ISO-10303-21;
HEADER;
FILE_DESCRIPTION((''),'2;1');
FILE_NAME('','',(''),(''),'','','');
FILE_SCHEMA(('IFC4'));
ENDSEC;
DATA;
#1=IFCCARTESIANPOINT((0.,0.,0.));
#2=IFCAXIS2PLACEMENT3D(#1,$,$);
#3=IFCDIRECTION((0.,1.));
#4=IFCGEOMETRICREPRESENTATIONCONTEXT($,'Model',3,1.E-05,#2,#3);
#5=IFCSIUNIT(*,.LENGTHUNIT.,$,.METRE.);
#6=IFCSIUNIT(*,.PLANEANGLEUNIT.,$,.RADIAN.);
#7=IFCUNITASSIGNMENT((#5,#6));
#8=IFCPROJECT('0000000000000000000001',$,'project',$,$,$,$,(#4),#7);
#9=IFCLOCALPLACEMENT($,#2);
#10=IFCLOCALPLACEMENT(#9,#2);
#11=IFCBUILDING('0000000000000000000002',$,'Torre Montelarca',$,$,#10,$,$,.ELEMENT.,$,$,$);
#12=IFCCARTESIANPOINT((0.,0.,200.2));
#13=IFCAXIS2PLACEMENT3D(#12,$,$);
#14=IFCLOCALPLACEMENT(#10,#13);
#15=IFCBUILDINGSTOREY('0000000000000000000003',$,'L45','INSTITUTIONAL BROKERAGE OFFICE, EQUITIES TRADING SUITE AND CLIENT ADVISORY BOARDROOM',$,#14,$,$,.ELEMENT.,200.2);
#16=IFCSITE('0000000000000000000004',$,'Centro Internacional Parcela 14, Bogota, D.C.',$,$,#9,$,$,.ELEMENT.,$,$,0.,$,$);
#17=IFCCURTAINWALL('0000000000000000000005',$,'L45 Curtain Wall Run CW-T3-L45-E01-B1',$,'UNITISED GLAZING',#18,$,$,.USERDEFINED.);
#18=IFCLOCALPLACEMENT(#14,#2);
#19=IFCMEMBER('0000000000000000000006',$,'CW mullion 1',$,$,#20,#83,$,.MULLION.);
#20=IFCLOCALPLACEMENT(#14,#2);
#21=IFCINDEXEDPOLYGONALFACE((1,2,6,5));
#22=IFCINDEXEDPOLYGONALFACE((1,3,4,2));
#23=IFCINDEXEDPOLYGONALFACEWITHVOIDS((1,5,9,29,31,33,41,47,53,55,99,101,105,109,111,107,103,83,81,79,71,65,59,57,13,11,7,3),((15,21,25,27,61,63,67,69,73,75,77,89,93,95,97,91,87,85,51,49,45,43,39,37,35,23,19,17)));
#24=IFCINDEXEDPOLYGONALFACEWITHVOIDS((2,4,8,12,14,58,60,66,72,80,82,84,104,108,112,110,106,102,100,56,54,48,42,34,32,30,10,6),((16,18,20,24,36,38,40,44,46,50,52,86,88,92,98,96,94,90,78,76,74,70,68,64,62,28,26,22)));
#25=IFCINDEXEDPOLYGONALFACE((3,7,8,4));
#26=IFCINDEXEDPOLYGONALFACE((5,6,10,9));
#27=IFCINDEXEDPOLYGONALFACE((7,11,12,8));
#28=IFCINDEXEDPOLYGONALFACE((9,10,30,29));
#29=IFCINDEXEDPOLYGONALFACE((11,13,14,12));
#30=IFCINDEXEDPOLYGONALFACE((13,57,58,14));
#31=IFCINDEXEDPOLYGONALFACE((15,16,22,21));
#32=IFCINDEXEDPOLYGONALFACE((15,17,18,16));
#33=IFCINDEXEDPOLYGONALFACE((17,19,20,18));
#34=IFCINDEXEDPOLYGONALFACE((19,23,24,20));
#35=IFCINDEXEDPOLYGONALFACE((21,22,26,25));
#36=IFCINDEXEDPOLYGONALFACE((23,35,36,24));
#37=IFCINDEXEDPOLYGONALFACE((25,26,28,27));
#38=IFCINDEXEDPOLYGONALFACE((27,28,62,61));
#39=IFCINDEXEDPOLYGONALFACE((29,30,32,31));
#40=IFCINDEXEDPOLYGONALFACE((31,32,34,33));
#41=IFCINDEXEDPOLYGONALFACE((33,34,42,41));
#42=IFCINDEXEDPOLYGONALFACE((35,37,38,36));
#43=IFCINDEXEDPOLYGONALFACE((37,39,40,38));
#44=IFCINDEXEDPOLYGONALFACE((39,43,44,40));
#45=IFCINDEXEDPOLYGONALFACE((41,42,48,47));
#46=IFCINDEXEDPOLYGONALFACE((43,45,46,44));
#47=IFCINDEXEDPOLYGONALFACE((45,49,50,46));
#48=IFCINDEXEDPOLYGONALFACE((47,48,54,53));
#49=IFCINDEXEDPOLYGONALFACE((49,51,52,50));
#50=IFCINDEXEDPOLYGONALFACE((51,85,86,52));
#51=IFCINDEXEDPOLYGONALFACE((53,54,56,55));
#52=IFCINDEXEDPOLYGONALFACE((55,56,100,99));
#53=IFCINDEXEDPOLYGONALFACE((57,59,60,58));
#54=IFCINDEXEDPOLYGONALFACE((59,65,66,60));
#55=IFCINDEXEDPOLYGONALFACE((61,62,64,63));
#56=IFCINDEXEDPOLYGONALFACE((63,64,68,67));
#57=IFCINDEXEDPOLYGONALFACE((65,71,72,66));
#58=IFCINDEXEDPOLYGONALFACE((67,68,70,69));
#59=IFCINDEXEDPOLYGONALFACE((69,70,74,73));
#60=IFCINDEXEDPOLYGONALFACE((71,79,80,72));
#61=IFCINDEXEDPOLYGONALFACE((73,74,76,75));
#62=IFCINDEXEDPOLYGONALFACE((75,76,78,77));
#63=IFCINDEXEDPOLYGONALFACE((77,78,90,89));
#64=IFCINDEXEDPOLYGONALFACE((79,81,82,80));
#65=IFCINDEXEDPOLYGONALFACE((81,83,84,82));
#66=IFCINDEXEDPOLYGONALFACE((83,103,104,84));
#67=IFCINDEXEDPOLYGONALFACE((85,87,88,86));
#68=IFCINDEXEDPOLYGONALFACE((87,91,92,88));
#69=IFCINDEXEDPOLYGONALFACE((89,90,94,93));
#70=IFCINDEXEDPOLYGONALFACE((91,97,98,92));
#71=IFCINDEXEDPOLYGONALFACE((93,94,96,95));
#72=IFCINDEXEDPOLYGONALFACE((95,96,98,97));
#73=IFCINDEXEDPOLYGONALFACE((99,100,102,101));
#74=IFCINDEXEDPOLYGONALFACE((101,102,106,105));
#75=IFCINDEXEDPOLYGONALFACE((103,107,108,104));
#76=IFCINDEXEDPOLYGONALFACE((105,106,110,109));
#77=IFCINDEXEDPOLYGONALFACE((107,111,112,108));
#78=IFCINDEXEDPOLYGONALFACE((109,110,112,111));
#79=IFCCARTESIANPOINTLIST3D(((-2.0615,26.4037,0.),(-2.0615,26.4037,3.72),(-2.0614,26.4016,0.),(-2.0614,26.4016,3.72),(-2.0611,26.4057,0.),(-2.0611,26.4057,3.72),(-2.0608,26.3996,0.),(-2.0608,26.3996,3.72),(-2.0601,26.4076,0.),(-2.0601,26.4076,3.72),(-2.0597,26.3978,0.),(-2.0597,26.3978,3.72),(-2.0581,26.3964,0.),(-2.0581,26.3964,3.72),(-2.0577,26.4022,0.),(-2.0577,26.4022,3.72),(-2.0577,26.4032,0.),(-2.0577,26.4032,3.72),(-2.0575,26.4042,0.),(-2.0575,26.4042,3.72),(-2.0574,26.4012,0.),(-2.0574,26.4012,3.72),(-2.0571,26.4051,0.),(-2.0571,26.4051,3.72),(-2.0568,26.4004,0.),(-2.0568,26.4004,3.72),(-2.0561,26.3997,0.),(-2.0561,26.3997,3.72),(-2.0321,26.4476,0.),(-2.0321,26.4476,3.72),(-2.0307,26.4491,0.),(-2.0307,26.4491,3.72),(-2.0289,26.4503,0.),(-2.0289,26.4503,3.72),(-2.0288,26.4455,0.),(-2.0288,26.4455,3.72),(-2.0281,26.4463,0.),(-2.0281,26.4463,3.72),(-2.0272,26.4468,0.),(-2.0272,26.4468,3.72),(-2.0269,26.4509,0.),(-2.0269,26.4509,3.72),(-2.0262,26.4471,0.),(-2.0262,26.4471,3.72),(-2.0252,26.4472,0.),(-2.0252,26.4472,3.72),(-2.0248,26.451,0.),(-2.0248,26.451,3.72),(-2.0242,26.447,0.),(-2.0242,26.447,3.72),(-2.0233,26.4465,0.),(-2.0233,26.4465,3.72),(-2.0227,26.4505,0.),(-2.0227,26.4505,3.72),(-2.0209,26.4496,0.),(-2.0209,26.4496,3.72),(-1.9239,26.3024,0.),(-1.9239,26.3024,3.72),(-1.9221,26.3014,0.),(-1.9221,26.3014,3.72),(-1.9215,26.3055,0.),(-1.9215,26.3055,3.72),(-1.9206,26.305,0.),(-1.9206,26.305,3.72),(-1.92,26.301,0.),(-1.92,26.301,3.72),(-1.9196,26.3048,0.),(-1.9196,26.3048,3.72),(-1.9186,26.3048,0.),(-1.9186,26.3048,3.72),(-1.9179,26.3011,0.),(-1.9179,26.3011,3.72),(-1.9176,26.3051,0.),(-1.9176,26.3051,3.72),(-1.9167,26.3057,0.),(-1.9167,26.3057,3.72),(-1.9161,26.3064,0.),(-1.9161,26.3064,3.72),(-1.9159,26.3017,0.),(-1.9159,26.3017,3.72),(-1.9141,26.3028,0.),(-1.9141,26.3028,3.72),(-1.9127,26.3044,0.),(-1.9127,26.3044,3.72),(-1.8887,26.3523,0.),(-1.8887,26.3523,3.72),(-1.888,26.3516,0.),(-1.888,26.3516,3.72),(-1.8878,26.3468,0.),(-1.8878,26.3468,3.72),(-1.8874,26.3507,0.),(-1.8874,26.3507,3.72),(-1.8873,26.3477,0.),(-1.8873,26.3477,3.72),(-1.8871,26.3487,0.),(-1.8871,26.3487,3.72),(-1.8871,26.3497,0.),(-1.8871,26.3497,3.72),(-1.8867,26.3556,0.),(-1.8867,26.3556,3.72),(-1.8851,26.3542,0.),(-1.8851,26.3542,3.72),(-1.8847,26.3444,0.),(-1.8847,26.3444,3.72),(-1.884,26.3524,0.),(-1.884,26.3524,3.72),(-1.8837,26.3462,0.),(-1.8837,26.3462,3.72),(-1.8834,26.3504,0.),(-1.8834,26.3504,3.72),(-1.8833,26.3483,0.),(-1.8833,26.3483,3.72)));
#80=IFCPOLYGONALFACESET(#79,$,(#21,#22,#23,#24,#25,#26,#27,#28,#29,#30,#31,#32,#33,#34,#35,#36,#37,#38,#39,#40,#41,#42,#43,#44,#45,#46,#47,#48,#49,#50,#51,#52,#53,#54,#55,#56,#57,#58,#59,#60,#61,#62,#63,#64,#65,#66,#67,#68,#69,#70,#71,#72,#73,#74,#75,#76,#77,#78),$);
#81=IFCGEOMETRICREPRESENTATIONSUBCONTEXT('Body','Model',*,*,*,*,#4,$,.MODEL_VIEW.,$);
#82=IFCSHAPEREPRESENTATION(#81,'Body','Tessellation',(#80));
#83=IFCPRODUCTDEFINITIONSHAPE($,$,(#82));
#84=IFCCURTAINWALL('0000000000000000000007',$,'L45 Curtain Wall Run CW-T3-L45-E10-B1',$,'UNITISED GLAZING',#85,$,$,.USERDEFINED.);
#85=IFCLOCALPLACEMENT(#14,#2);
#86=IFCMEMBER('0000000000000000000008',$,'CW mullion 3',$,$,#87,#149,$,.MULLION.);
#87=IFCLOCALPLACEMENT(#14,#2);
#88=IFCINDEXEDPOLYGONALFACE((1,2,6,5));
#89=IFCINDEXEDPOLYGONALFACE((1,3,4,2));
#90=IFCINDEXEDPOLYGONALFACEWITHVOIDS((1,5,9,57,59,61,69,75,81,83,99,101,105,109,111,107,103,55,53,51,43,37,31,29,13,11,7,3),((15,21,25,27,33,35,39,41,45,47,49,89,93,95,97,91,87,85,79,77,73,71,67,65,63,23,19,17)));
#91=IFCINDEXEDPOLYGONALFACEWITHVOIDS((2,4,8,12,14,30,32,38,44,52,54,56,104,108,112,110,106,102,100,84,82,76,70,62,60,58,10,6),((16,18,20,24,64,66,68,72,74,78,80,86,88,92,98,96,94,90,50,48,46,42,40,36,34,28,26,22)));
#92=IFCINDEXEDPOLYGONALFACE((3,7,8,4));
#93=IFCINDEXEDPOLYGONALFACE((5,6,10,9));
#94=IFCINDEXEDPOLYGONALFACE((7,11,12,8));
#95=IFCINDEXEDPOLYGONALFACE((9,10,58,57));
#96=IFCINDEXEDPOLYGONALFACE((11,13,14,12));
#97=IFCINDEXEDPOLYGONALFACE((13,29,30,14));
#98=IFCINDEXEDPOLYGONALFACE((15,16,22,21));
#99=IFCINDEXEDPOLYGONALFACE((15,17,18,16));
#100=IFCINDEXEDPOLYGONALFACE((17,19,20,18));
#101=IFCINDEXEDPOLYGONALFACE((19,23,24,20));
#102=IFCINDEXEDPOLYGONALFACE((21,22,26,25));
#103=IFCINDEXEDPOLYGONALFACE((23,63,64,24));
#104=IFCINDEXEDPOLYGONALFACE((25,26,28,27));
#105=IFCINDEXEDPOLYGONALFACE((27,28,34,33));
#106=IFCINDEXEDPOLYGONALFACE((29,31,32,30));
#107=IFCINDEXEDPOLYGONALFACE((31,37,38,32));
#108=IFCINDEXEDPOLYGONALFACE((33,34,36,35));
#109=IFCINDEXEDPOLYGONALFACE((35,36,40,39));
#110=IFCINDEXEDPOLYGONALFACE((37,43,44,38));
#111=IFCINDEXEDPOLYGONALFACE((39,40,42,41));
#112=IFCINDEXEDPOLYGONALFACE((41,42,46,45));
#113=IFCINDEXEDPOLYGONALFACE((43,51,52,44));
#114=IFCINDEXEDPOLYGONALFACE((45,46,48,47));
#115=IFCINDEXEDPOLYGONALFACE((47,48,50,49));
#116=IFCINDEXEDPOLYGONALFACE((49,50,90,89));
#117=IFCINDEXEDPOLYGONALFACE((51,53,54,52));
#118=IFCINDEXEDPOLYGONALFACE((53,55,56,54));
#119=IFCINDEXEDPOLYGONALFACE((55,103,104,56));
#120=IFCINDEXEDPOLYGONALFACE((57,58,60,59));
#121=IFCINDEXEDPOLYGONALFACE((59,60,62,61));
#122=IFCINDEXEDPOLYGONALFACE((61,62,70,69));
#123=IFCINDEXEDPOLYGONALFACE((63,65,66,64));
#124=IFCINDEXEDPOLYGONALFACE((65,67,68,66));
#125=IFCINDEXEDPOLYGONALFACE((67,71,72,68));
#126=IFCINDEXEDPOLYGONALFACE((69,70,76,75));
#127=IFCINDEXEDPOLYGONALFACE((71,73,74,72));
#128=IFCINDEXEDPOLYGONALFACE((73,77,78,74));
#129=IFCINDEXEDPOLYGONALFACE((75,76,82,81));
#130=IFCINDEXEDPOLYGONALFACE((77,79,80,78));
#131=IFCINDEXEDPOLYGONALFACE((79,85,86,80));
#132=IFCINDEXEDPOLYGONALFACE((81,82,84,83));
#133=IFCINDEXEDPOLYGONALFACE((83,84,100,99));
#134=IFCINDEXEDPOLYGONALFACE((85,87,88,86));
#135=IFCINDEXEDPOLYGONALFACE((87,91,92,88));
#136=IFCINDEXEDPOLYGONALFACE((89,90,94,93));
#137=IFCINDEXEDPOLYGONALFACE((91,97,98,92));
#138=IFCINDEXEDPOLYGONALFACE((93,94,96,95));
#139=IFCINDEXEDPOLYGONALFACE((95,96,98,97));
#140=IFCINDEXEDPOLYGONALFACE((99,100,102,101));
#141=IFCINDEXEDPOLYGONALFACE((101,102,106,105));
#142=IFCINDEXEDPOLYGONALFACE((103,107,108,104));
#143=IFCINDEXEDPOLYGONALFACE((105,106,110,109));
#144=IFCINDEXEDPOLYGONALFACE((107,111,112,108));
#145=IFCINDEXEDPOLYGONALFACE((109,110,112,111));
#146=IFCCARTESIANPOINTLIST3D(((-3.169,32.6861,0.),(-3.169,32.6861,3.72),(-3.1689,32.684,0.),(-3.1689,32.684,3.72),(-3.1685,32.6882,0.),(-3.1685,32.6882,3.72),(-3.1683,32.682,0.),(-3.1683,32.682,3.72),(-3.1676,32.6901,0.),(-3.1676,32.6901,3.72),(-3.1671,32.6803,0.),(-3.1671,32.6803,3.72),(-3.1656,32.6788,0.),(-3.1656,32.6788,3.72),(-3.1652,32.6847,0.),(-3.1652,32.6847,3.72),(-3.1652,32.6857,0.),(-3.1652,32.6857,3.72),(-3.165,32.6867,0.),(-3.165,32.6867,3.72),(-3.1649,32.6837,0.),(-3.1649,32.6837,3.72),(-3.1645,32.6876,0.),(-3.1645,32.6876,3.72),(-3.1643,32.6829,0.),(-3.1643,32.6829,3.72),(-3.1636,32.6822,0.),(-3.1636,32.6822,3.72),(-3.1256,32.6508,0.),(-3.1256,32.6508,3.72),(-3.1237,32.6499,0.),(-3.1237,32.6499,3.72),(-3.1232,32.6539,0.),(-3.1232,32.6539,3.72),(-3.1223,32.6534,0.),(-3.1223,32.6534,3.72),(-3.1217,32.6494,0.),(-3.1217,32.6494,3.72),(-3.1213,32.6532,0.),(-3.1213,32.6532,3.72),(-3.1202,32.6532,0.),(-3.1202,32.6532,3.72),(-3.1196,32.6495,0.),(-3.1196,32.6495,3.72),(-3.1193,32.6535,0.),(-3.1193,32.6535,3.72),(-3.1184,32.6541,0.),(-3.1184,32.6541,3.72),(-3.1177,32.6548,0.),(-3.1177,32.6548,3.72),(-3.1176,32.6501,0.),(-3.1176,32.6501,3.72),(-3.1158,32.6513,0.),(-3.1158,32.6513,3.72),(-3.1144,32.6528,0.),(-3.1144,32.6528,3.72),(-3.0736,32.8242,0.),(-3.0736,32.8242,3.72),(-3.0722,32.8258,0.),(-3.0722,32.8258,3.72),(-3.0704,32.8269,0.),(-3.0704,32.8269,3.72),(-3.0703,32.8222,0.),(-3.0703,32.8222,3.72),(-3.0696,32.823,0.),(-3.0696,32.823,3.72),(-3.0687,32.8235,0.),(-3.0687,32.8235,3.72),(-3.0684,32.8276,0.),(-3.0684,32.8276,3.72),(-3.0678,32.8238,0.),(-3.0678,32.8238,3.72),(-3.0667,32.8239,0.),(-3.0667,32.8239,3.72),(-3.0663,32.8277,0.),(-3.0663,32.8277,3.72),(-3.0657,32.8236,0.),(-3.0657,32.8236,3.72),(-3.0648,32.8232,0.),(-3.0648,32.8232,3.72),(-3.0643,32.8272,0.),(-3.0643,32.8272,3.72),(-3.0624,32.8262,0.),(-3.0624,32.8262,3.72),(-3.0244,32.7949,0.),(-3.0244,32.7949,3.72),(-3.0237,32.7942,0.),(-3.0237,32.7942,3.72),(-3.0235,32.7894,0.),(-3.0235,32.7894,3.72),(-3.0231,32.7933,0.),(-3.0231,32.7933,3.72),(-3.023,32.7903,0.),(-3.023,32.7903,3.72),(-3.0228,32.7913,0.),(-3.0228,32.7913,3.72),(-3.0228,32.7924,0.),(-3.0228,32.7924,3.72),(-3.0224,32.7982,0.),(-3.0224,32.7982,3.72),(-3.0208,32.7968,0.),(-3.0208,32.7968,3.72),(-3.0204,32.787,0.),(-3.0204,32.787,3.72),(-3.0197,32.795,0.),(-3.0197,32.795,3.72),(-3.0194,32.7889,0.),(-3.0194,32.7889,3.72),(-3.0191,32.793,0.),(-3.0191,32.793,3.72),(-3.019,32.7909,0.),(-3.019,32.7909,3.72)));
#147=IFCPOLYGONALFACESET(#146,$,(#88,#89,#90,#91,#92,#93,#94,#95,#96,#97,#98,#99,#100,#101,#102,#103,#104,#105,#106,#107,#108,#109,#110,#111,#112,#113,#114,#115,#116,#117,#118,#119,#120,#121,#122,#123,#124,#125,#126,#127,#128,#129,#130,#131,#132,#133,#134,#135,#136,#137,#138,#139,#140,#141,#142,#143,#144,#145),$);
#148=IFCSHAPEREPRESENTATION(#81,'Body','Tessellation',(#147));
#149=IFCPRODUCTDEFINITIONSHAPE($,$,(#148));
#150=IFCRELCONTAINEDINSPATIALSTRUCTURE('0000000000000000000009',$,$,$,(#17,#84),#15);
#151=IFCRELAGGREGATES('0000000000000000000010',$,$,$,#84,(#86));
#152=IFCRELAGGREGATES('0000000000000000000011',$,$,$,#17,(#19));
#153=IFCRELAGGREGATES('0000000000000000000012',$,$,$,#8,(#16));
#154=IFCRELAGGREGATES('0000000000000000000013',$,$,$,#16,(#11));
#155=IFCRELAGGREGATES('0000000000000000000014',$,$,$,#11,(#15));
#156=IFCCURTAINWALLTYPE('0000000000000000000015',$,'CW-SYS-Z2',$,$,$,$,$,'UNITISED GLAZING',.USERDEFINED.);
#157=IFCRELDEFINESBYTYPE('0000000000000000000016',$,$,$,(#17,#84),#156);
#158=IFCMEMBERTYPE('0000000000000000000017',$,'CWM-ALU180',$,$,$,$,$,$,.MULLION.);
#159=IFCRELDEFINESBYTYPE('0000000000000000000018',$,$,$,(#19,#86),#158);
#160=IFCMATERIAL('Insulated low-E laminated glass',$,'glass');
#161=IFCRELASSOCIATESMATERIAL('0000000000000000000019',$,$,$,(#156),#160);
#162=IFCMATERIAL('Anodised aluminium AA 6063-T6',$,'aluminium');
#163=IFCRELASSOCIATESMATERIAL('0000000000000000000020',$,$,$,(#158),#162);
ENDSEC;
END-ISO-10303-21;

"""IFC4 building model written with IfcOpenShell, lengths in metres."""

from ifc_helpers import new_model, si_unit, direction, frame, origin, origin_2d, place, context, subcontext, project, spatial, hollow_rectangle, extrude, source, transform, mapped, material, material_profile, profile_set, type_object, element, aggregate, save


model = new_model("IFC4")

# Units and contexts
model_context = context("Model", 3, precision=1e-05, world=origin(), true_north=direction((0.0, 1.0)))
body_context = subcontext(model_context, "Body", "Model", "MODEL_VIEW")
ifc_project = project(units=[si_unit("LENGTHUNIT", "METRE"), si_unit("PLANEANGLEUNIT", "RADIAN")], contexts=[model_context])

# Site, building, storey
site_placement = place(None, origin())
site = spatial("IfcSite", under=ifc_project, at=site_placement, Name="Centro Internacional Parcela 14, Bogota, D.C.", CompositionType="ELEMENT", RefElevation=0.0)
building_placement = place(site_placement, origin())
building = spatial("IfcBuilding", under=site, at=building_placement, Name="Torre Montelarca", CompositionType="ELEMENT")
storey_placement = place(building_placement, frame((0.0, 0.0, 200.2)))
storey = spatial("IfcBuildingStorey", under=building, at=storey_placement, Name="L45", Description="INSTITUTIONAL BROKERAGE OFFICE, EQUITIES TRADING SUITE AND CLIENT ADVISORY BOARDROOM", CompositionType="ELEMENT", Elevation=200.2)

# Shared definitions
ifc_material_1 = material(Name="Insulated low-E laminated glass", Category="glass")
curtain_wall_type = type_object("IfcCurtainWallType", Name="CW-SYS-Z2", ElementType="UNITISED GLAZING", PredefinedType="USERDEFINED", material=ifc_material_1)
ifc_material_2 = material(Name="Anodised aluminium AA 6063-T6", Category="aluminium")

# Curtain walls, members
curtain_wall_1_placement = place(storey_placement, origin())
curtain_wall_1 = element("IfcCurtainWall", 1, at=curtain_wall_1_placement, inside=storey, type_object=curtain_wall_type, Name="L45 Curtain Wall Run CW-T3-L45-E01-B1", ObjectType="UNITISED GLAZING", PredefinedType="USERDEFINED")
ifc_material_profile_1 = material_profile(ifc_material_2, hollow_rectangle(XDim=0.0649, YDim=0.1799, WallThickness=0.0039, InnerFilletRadius=0.0039, OuterFilletRadius=0.0081, at=origin_2d()), Name="ALU65X180X4", Category="aluminium")
ifc_profile_set_1 = profile_set([ifc_material_profile_1], Name="Anodised aluminium AA 6063-T6")
member_type_1 = type_object("IfcMemberType", Name="CWM-ALU180", PredefinedType="MULLION", material=ifc_profile_set_1)
shared_shape_1 = source(origin(), body_context, "Body", "SweptSolid", [
    extrude(hollow_rectangle(XDim=0.0649, YDim=0.1799, WallThickness=0.0039, InnerFilletRadius=0.0039, OuterFilletRadius=0.0081, at=origin_2d()), origin(), (0.0, 0.0, 1.0), 3.72),
])
member_1_placement = place(storey_placement, frame((-1.9724, 26.376, 0.0), z_axis=(0.0, 0.0, 1.0), x_axis=(0.573573, 0.819155, 0.0)))
member_1 = element("IfcMember", 2, at=member_1_placement, type_object=member_type_1, Name="CW mullion 1", PredefinedType="MULLION", context=body_context, shape_type="MappedRepresentation", body=[
    mapped(shared_shape_1, transform((0.0, 0.0, 0.0), scale=1.0)),
])
curtain_wall_2_placement = place(storey_placement, origin())
curtain_wall_2 = element("IfcCurtainWall", 3, at=curtain_wall_2_placement, inside=storey, type_object=curtain_wall_type, Name="L45 Curtain Wall Run CW-T3-L45-E10-B1", ObjectType="UNITISED GLAZING", PredefinedType="USERDEFINED")
member_2_placement = place(storey_placement, frame((-3.094, 32.7385, 0.0), z_axis=(0.0, 0.0, 1.0), x_axis=(0.819158, -0.573569, 0.0)))
member_2 = element("IfcMember", 4, at=member_2_placement, type_object=member_type_1, Name="CW mullion 3", PredefinedType="MULLION", context=body_context, shape_type="MappedRepresentation", body=[
    mapped(shared_shape_1, transform((0.0, 0.0, 0.0), scale=1.0)),
])
aggregate(curtain_wall_2, [member_2])

aggregate(curtain_wall_1, [member_1])

save(model, "model.ifc")
